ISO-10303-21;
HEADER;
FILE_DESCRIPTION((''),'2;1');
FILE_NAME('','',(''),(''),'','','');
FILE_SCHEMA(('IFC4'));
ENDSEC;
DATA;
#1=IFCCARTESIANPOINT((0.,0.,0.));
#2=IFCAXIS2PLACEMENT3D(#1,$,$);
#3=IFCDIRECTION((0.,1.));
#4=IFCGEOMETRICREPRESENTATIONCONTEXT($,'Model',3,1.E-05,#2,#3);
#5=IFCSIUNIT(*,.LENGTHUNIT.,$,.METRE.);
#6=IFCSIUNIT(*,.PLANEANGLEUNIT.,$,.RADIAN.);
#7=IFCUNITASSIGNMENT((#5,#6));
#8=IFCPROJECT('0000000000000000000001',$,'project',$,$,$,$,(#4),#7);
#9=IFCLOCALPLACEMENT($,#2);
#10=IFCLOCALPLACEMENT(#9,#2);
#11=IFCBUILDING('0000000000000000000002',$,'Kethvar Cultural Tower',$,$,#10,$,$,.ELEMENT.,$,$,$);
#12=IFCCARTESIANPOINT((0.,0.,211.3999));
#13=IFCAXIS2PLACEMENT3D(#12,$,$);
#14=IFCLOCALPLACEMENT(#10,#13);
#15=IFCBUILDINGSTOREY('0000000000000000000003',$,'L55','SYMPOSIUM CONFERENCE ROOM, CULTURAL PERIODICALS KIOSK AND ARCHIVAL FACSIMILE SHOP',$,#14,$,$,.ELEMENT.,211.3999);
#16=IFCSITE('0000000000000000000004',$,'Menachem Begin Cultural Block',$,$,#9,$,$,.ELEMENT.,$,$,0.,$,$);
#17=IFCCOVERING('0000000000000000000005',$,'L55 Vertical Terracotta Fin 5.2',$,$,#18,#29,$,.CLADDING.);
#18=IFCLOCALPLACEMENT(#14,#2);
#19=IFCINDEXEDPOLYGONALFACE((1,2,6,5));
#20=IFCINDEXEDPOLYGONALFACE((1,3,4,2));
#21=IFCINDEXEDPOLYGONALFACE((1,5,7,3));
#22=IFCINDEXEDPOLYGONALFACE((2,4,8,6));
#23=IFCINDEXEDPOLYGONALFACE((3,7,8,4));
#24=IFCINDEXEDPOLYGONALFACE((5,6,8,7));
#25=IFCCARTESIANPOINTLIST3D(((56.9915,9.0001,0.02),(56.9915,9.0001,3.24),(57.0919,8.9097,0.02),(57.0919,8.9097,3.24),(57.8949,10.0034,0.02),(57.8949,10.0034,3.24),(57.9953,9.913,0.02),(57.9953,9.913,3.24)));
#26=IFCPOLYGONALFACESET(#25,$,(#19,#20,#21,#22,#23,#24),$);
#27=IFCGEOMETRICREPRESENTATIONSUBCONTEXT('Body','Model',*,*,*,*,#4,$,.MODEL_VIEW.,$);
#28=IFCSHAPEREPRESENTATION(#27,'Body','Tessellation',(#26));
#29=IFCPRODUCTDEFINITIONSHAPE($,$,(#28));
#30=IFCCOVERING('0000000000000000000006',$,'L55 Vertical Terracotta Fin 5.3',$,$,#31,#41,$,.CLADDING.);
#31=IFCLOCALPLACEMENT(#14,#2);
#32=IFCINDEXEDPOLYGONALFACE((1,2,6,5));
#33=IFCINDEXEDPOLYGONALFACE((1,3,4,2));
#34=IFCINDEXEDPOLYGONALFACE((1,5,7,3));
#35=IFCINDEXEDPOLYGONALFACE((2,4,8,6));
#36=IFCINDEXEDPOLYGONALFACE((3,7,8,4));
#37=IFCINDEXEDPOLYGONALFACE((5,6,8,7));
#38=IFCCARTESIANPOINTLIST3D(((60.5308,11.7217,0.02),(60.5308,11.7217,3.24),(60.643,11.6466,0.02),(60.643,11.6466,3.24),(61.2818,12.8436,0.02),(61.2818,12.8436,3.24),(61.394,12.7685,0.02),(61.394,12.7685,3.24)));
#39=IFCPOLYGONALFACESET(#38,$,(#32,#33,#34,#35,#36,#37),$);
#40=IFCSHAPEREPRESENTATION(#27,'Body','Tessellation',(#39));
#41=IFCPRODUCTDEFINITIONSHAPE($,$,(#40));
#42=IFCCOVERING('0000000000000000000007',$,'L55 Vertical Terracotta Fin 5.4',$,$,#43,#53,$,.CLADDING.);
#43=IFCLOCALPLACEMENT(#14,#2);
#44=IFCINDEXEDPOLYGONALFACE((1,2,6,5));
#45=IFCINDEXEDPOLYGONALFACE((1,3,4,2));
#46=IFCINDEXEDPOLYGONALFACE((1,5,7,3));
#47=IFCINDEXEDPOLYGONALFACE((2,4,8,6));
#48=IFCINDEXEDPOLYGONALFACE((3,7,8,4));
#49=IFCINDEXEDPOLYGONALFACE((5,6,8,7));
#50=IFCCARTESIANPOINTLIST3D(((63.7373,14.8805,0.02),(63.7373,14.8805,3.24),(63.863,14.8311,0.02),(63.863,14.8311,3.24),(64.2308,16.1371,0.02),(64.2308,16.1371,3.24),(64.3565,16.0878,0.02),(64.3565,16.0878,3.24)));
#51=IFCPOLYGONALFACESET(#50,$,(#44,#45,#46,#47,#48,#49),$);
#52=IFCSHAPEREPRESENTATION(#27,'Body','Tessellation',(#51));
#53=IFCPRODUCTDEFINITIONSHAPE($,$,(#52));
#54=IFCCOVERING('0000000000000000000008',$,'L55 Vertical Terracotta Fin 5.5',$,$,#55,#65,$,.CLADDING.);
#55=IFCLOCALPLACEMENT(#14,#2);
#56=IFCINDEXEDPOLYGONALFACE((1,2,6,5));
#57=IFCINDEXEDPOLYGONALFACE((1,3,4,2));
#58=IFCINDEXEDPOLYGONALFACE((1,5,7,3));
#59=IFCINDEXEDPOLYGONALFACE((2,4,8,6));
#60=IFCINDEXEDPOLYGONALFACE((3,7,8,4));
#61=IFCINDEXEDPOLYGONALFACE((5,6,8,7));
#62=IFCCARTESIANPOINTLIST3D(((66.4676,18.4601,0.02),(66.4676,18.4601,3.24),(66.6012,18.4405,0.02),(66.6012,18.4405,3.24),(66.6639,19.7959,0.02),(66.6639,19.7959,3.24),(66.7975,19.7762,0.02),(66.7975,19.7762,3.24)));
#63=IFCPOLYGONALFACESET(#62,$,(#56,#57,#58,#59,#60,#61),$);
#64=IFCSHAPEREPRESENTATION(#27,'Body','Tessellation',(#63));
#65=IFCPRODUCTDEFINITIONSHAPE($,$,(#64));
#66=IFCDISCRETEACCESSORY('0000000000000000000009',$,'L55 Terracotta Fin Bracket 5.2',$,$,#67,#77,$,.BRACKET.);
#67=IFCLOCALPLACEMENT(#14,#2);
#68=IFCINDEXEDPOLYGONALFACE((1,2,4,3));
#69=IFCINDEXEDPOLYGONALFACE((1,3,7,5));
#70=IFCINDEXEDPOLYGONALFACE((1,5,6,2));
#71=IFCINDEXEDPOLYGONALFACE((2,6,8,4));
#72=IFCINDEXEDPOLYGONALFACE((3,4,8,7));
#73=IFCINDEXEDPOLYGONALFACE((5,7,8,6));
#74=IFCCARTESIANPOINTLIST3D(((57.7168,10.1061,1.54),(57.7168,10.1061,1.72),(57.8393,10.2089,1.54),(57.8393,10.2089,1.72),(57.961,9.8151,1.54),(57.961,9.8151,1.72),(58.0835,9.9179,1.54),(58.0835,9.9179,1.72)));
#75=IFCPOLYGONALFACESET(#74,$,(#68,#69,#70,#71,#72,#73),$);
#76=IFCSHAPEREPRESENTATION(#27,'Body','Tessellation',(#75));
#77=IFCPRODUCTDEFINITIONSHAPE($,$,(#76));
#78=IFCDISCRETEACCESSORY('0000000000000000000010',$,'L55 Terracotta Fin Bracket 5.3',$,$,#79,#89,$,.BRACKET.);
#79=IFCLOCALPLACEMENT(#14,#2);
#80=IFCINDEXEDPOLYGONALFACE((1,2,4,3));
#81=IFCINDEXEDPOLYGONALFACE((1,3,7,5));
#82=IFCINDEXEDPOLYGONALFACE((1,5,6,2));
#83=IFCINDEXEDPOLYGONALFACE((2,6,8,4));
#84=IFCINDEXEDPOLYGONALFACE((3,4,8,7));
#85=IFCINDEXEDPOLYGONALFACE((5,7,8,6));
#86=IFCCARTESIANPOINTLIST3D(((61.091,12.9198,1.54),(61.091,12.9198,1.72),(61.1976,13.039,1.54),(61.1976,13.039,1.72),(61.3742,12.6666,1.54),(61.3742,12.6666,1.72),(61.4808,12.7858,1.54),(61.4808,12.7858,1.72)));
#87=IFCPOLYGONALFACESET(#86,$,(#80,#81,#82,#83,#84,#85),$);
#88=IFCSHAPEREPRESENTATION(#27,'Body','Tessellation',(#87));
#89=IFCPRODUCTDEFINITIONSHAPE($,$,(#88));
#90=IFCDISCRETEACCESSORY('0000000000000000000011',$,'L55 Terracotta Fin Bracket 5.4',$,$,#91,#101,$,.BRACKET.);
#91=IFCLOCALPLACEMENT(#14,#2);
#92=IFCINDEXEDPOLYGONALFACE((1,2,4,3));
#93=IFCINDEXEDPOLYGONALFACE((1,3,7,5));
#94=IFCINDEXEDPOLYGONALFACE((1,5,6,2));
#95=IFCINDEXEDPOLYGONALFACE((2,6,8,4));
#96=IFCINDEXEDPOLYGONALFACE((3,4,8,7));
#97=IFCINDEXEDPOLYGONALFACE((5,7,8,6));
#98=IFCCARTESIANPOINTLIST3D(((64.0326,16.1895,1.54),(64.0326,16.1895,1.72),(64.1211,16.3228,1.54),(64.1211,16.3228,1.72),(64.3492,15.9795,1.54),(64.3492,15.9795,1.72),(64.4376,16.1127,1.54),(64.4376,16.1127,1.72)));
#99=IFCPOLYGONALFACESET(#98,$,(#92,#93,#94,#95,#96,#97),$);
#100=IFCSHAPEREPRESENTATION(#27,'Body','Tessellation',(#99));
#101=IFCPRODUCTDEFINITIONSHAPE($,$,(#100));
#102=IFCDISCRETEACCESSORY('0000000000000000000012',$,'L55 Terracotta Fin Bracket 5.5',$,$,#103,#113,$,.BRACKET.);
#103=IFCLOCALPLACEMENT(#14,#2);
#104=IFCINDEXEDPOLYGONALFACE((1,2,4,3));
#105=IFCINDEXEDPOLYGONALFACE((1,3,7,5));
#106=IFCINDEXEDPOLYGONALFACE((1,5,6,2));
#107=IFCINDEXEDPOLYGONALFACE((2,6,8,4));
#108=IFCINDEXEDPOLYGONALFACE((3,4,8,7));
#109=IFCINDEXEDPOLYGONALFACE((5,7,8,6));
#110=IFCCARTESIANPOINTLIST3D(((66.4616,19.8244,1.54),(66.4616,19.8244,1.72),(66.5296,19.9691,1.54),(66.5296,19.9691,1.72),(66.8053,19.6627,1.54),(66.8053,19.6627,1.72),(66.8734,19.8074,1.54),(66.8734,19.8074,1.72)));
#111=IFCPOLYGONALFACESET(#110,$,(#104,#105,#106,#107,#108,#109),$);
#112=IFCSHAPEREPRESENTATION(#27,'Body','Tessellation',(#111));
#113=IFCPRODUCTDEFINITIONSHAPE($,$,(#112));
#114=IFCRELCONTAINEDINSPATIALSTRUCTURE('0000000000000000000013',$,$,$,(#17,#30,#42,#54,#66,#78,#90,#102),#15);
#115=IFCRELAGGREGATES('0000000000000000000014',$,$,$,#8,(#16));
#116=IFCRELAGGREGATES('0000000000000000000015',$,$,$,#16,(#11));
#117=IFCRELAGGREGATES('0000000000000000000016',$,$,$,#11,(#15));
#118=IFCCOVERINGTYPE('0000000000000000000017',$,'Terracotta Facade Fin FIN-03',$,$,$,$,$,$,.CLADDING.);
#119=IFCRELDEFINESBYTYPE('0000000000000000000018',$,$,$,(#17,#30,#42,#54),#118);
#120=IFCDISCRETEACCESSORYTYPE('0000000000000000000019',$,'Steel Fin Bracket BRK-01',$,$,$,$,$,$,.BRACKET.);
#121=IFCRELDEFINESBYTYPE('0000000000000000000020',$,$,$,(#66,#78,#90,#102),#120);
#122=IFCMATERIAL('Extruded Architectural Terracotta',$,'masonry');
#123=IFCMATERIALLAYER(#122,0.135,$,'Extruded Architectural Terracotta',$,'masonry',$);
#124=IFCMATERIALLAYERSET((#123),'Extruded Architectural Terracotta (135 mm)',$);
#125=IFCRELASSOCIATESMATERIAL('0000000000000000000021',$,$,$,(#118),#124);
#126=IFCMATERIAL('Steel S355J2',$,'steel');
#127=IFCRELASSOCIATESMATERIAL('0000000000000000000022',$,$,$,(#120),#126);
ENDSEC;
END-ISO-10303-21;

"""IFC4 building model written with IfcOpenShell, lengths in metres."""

from ifc_helpers import new_model, si_unit, direction, frame, origin, origin_2d, place, context, subcontext, project, spatial, rectangle, extrude, source, transform, mapped, material, layer, layer_set, type_object, element, save


model = new_model("IFC4")

# Units and contexts
model_context = context("Model", 3, precision=1e-05, world=origin(), true_north=direction((0.0, 1.0)))
body_context = subcontext(model_context, "Body", "Model", "MODEL_VIEW")
ifc_project = project(units=[si_unit("LENGTHUNIT", "METRE"), si_unit("PLANEANGLEUNIT", "RADIAN")], contexts=[model_context])

# Site, building, storey
site_placement = place(None, origin())
site = spatial("IfcSite", under=ifc_project, at=site_placement, Name="Menachem Begin Cultural Block", CompositionType="ELEMENT", RefElevation=0.0)
building_placement = place(site_placement, origin())
building = spatial("IfcBuilding", under=site, at=building_placement, Name="Kethvar Cultural Tower", CompositionType="ELEMENT")
storey_placement = place(building_placement, frame((0.0, 0.0, 211.3999)))
storey = spatial("IfcBuildingStorey", under=building, at=storey_placement, Name="L55", Description="SYMPOSIUM CONFERENCE ROOM, CULTURAL PERIODICALS KIOSK AND ARCHIVAL FACSIMILE SHOP", CompositionType="ELEMENT", Elevation=211.3999)

# Shared definitions
ifc_material_1 = material(Name="Steel S355J2", Category="steel")

# Coverings
ifc_material_2 = material(Name="Extruded Architectural Terracotta", Category="masonry")
ifc_layer_1 = layer(ifc_material_2, 0.135, Name="Extruded Architectural Terracotta", Category="masonry")
ifc_layer_set_1 = layer_set([ifc_layer_1], Name="Extruded Architectural Terracotta (135 mm)")
covering_type = type_object("IfcCoveringType", Name="Terracotta Facade Fin FIN-03", PredefinedType="CLADDING", material=ifc_layer_set_1)
shared_shape_1 = source(origin(), body_context, "Body", "SweptSolid", [
    extrude(rectangle(XDim=1.3501, YDim=0.135, at=origin_2d()), origin(), (0.0, 0.0, 1.0), 3.22),
])
for number, where, z_axis, x_axis, name in (
    (1, (57.4934, 9.4565, 0.02), (0.0, 0.0, 1.0), (-0.669131, -0.743145, 0.0), "L55 Vertical Terracotta Fin 5.2"),
    (2, (60.9624, 12.2451, 0.02), (0.0, 0.0, 1.0), (-0.556296, -0.830984, 0.0), "L55 Vertical Terracotta Fin 5.3"),
    (3, (64.0469, 15.4841, 0.02), (0.0, 0.0, 1.0), (-0.365527, -0.930801, 0.0), "L55 Vertical Terracotta Fin 5.4"),
    (4, (66.6326, 19.1182, 0.02), (0.0, 0.0, 1.0), (-0.145392, -0.989374, 0.0), "L55 Vertical Terracotta Fin 5.5"),
):
    element("IfcCovering", number, at=place(storey_placement, frame(where, z_axis=z_axis, x_axis=x_axis)), inside=storey, type_object=covering_type, Name=name, PredefinedType="CLADDING", context=body_context, shape_type="MappedRepresentation", body=[
        mapped(shared_shape_1, transform((0.0, 0.0, 0.0), scale=1.0)),
    ])

# Discrete accessories
discrete_accessory_type = type_object("IfcDiscreteAccessoryType", Name="Steel Fin Bracket BRK-01", PredefinedType="BRACKET", material=ifc_material_1)
shared_shape_2 = source(origin(), body_context, "Body", "SweptSolid", [
    extrude(rectangle(XDim=0.3799, YDim=0.1599, at=origin_2d()), origin(), (0.0, 0.0, 1.0), 0.1799),
])
for number, where, z_axis, x_axis, name in (
    (5, (57.9001, 10.012, 1.54), (0.0, 0.0, 1.0), (0.642788, -0.766044, 0.0), "L55 Terracotta Fin Bracket 5.2"),
    (6, (61.2859, 12.8528, 1.54), (0.0, 0.0, 1.0), (0.745476, -0.666532, 0.0), "L55 Terracotta Fin Bracket 5.3"),
    (7, (64.2351, 16.1511, 1.54), (0.0, 0.0, 1.0), (0.833211, -0.552955, 0.0), "L55 Terracotta Fin Bracket 5.4"),
    (8, (66.6675, 19.8159, 1.54), (0.0, 0.0, 1.0), (0.904901, -0.425621, 0.0), "L55 Terracotta Fin Bracket 5.5"),
):
    element("IfcDiscreteAccessory", number, at=place(storey_placement, frame(where, z_axis=z_axis, x_axis=x_axis)), inside=storey, type_object=discrete_accessory_type, Name=name, PredefinedType="BRACKET", context=body_context, shape_type="MappedRepresentation", body=[
        mapped(shared_shape_2, transform((0.0, 0.0, 0.0), scale=1.0)),
    ])

save(model, "model.ifc")
